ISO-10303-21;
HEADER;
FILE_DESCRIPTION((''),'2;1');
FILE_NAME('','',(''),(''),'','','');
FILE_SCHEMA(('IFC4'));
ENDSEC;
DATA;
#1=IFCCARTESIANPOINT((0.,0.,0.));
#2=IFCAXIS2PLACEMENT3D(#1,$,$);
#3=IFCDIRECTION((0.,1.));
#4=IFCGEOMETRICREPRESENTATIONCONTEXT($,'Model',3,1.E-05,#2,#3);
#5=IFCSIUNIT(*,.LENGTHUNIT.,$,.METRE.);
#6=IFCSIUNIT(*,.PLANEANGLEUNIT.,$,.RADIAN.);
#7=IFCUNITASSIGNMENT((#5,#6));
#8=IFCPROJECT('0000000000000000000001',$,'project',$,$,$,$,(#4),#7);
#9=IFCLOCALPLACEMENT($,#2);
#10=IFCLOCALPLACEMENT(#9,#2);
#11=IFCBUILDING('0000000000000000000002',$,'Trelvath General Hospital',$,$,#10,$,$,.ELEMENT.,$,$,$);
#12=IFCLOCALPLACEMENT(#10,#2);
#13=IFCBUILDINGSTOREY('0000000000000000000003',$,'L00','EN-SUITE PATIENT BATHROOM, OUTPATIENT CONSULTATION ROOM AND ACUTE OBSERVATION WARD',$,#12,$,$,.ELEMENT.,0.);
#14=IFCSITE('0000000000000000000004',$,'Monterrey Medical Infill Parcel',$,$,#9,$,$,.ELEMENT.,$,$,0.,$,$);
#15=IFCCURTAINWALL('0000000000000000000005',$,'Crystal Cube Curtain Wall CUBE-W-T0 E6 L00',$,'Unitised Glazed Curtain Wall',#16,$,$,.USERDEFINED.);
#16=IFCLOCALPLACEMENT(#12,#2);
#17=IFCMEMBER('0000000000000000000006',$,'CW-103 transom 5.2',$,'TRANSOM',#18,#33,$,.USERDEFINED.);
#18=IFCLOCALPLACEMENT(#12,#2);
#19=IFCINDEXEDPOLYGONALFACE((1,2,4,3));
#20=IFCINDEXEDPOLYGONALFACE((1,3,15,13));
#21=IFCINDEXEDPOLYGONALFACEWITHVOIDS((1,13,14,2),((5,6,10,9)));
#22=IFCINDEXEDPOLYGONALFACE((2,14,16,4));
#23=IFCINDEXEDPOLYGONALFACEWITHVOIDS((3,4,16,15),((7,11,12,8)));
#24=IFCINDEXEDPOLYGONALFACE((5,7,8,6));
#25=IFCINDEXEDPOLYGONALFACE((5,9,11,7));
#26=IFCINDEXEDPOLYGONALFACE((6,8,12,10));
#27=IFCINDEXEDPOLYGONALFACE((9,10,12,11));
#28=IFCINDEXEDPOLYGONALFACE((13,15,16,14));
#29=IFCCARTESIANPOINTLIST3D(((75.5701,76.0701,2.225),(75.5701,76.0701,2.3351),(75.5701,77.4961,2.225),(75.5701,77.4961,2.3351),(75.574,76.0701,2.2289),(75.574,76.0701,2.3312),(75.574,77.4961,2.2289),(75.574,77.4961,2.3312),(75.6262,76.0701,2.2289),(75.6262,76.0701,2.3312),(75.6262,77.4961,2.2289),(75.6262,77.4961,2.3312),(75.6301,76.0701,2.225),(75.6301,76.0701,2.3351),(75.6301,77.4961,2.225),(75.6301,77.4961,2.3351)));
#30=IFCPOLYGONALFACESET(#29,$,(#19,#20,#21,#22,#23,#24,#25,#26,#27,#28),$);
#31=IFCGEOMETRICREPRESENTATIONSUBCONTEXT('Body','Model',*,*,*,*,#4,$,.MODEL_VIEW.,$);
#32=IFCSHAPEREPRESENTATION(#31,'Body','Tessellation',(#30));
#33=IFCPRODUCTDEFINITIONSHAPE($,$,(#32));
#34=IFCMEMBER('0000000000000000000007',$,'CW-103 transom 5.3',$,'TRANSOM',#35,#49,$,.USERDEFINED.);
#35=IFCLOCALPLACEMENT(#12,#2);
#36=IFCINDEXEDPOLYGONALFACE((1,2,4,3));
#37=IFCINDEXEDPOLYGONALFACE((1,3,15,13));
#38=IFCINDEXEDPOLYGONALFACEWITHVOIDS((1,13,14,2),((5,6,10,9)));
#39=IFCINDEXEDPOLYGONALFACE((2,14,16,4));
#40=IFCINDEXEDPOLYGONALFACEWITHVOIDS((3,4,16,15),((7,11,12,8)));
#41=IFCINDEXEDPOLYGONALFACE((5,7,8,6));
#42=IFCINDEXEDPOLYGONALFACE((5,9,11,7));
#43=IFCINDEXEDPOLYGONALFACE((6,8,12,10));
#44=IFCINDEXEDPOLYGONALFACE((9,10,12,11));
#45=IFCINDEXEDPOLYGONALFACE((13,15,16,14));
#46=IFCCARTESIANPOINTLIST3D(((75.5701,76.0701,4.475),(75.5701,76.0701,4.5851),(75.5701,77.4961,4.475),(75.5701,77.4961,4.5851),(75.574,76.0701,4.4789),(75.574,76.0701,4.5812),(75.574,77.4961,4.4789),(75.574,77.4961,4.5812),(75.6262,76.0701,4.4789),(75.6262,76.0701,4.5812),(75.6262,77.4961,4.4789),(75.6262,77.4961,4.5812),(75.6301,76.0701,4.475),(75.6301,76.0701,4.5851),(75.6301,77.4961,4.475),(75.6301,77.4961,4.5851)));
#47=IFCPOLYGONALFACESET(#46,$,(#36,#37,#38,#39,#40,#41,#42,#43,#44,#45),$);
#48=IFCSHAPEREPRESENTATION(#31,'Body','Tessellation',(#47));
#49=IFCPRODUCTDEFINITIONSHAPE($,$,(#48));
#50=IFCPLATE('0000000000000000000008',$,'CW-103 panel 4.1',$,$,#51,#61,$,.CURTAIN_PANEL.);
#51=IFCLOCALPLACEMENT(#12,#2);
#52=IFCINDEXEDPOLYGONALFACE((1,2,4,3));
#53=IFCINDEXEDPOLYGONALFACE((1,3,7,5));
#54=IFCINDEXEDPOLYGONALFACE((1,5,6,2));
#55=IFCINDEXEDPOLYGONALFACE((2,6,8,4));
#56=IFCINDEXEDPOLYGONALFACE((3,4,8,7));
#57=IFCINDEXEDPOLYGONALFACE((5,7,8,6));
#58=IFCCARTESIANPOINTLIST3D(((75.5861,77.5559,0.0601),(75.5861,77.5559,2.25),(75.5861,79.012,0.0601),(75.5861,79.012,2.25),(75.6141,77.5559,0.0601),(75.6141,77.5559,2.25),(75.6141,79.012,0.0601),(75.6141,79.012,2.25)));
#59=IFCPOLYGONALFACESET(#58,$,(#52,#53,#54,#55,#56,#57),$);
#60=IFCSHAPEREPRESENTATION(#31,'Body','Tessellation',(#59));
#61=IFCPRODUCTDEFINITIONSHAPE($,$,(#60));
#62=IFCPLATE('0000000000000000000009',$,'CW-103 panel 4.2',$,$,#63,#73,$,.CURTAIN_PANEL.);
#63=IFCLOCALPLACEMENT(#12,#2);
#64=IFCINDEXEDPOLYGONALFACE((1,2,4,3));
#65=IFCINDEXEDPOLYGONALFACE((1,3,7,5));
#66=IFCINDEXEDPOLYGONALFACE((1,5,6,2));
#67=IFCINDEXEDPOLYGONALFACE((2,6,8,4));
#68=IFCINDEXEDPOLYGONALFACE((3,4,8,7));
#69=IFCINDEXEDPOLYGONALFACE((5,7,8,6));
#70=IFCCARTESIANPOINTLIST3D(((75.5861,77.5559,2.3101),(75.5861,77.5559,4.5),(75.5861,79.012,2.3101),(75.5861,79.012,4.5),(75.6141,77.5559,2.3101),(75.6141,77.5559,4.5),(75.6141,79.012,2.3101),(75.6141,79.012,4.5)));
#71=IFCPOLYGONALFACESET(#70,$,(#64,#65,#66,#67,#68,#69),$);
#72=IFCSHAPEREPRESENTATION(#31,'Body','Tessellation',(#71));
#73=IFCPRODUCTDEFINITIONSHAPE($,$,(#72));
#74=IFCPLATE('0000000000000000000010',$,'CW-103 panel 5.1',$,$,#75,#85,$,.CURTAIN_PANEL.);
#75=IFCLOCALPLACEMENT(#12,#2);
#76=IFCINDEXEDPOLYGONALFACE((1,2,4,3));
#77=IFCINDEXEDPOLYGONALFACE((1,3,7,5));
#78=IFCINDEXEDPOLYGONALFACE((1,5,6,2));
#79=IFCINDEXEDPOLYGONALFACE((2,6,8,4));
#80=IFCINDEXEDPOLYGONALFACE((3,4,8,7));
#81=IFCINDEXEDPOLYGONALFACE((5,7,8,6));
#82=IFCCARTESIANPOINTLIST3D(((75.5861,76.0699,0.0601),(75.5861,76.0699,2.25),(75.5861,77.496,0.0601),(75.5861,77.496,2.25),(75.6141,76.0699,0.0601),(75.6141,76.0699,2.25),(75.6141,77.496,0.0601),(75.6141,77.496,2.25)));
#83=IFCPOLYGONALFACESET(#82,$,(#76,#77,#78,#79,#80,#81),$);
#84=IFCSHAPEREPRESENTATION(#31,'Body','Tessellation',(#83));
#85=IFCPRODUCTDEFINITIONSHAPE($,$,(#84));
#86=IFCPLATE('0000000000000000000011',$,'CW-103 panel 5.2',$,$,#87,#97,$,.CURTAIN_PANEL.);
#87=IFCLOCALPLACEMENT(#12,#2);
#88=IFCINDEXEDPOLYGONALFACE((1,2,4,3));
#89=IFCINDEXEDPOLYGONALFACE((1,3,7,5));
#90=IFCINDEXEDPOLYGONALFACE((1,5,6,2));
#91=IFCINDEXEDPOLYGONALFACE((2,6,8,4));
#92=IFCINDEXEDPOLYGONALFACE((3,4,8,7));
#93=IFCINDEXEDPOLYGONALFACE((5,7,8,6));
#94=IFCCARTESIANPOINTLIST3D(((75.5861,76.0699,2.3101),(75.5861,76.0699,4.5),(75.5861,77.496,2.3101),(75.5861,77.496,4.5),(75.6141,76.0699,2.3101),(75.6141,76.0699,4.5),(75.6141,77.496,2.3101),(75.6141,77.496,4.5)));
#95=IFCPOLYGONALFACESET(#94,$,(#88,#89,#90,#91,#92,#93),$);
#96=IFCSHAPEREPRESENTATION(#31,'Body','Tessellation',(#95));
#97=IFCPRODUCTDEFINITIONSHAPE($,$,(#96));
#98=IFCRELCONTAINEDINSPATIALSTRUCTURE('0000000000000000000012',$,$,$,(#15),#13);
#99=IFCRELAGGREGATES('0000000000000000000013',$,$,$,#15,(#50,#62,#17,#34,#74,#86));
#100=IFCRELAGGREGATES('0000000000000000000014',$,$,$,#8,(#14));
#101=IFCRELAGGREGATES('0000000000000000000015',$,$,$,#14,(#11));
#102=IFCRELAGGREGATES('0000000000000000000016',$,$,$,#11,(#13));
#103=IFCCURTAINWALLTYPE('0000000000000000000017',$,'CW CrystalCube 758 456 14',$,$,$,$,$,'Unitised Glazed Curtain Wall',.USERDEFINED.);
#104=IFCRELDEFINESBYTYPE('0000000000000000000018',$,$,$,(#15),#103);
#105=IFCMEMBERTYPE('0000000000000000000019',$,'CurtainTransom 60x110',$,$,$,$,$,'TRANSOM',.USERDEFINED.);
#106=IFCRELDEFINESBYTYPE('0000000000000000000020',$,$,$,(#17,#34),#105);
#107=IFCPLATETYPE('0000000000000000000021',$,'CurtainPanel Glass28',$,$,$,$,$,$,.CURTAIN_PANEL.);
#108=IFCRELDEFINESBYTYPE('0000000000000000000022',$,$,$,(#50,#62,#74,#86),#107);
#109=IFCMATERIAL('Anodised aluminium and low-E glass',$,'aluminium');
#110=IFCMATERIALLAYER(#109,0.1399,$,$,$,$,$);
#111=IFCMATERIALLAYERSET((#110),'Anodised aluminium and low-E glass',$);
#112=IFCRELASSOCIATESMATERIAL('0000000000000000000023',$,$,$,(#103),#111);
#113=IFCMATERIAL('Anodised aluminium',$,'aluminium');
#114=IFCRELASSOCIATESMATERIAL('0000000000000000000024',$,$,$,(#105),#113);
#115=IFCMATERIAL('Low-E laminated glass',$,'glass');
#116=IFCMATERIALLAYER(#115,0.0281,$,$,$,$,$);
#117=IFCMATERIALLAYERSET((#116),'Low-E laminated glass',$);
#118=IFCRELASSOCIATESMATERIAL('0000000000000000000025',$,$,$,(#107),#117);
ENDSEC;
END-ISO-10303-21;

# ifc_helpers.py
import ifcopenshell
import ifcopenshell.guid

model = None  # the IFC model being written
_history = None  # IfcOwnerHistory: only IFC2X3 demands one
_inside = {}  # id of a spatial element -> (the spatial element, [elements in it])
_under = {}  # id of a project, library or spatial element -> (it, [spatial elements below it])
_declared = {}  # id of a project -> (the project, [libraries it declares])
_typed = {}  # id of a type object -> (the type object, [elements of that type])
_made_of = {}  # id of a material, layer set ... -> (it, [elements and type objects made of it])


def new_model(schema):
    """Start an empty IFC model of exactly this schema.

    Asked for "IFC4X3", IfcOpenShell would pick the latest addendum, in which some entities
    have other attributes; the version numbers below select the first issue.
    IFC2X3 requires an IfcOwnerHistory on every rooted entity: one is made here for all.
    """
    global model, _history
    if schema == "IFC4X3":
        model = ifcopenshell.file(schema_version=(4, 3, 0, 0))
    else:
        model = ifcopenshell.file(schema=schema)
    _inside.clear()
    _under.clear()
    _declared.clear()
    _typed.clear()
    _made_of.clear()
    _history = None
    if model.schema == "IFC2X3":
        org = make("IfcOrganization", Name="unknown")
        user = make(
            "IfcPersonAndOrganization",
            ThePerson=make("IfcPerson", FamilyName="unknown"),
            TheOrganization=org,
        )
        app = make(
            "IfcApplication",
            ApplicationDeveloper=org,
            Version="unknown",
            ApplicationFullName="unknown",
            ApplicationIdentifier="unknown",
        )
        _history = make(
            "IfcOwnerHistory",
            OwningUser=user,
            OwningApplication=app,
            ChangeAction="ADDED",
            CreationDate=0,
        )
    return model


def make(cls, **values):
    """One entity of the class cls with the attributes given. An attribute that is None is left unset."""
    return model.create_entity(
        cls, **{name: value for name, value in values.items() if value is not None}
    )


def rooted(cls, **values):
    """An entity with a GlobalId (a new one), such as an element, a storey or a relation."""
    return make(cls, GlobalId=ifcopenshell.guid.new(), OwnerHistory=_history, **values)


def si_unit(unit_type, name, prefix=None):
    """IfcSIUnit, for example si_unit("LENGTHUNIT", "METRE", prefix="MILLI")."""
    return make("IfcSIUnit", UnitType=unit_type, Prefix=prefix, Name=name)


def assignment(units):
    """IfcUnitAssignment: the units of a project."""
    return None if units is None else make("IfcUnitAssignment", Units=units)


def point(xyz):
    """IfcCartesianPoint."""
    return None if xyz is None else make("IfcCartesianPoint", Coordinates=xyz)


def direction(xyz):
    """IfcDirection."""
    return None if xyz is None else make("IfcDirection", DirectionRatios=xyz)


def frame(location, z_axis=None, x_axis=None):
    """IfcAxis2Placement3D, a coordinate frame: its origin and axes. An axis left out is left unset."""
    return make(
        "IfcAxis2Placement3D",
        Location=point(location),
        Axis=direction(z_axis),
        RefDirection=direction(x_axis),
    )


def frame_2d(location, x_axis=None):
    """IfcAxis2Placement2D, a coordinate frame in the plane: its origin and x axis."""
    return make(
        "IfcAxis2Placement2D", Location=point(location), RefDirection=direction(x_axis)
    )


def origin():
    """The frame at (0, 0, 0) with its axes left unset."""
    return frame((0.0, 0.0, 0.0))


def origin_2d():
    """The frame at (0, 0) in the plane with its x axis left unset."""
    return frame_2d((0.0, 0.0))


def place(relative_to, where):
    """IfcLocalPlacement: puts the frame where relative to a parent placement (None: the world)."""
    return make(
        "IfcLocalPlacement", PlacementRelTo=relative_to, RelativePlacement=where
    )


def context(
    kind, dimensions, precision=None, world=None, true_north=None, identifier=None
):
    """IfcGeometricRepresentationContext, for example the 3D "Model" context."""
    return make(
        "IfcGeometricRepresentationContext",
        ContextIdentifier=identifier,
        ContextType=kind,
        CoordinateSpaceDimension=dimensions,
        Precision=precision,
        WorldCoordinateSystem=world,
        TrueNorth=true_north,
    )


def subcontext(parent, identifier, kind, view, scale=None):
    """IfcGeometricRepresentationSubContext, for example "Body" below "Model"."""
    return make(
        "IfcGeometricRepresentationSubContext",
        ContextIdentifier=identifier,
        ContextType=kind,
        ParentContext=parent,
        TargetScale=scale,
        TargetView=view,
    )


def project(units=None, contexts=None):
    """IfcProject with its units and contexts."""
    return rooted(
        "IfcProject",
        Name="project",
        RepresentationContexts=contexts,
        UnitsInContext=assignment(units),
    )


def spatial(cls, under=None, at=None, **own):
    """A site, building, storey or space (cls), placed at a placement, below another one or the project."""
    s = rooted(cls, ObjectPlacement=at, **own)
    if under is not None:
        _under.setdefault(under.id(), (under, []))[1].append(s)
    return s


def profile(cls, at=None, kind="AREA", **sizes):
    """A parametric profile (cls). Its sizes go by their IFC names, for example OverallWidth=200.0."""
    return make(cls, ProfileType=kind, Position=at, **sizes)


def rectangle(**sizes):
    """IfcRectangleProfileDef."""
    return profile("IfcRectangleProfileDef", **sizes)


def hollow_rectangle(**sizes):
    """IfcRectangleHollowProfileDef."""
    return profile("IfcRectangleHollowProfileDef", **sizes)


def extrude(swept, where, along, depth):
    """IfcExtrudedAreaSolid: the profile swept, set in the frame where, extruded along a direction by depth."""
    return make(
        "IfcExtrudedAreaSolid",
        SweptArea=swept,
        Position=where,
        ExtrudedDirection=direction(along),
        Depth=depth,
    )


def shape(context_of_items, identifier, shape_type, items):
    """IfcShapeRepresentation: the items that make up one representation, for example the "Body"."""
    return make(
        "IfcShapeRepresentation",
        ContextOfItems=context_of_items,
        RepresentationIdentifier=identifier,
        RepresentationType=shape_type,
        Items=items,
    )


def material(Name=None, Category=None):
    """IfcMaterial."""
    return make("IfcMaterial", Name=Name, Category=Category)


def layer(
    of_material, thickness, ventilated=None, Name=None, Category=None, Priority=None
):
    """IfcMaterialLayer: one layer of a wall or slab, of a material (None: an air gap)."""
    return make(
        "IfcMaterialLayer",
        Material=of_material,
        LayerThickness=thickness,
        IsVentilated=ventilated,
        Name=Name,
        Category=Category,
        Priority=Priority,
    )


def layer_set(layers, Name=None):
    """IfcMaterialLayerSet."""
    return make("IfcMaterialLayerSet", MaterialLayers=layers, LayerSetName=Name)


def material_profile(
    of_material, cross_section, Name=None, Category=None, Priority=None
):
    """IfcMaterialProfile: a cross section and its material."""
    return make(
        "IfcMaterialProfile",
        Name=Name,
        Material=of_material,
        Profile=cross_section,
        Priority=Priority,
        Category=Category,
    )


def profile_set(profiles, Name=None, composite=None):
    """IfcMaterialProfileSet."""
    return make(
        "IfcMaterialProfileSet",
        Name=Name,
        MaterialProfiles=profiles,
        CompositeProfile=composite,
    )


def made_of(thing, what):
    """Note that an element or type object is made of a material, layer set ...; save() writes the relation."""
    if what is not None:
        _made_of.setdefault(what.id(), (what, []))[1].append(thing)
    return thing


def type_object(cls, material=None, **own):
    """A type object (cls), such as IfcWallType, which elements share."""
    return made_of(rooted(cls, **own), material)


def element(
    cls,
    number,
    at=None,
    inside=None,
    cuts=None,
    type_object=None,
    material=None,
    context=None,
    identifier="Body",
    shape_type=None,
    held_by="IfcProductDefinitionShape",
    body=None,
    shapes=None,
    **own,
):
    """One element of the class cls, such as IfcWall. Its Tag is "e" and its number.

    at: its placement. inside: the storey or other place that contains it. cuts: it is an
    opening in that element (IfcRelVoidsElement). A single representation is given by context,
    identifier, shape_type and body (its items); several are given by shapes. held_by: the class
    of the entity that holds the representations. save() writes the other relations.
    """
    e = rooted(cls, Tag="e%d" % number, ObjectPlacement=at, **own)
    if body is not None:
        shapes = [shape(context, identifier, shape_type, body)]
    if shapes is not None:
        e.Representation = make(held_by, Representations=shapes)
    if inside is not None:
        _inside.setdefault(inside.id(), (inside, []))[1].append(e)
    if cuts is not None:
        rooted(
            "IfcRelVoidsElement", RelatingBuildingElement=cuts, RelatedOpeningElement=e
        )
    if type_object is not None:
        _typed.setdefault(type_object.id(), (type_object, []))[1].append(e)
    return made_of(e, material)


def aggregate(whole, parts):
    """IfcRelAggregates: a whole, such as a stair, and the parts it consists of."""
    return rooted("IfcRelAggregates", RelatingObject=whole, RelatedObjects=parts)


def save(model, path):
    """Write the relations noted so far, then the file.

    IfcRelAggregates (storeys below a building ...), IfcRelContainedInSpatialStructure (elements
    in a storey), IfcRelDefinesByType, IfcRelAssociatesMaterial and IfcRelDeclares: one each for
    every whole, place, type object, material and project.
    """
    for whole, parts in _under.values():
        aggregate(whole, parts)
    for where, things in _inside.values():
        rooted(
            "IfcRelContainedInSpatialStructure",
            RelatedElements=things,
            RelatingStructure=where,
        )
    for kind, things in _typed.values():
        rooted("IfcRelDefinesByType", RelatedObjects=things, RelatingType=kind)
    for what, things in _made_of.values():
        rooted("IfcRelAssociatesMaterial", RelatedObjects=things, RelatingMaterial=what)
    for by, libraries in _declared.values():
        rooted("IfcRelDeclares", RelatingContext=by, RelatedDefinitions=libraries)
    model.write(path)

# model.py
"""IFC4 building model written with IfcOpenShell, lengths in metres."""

from ifc_helpers import new_model, si_unit, direction, frame, origin, origin_2d, place, context, subcontext, project, spatial, rectangle, hollow_rectangle, extrude, material, layer, layer_set, material_profile, profile_set, type_object, element, aggregate, save


model = new_model("IFC4")

# Units and contexts
model_context = context("Model", 3, precision=1e-05, world=origin(), true_north=direction((0.0, 1.0)))
body_context = subcontext(model_context, "Body", "Model", "MODEL_VIEW")
ifc_project = project(units=[si_unit("LENGTHUNIT", "METRE"), si_unit("PLANEANGLEUNIT", "RADIAN")], contexts=[model_context])

# Site, building, storey
site_placement = place(None, origin())
site = spatial("IfcSite", under=ifc_project, at=site_placement, Name="Monterrey Medical Infill Parcel", CompositionType="ELEMENT", RefElevation=0.0)
building_placement = place(site_placement, origin())
building = spatial("IfcBuilding", under=site, at=building_placement, Name="Trelvath General Hospital", CompositionType="ELEMENT")
storey_placement = place(building_placement, origin())
storey = spatial("IfcBuildingStorey", under=building, at=storey_placement, Name="L00", Description="EN-SUITE PATIENT BATHROOM, OUTPATIENT CONSULTATION ROOM AND ACUTE OBSERVATION WARD", CompositionType="ELEMENT", Elevation=0.0)

# Curtain wall, members, plates
ifc_material_1 = material(Name="Anodised aluminium and low-E glass", Category="aluminium")
ifc_layer_1 = layer(ifc_material_1, 0.1399)
ifc_layer_set_1 = layer_set([ifc_layer_1], Name="Anodised aluminium and low-E glass")
curtain_wall_type = type_object("IfcCurtainWallType", Name="CW CrystalCube 758 456 14", ElementType="Unitised Glazed Curtain Wall", PredefinedType="USERDEFINED", material=ifc_layer_set_1)
curtain_wall_placement = place(storey_placement, origin())
curtain_wall = element("IfcCurtainWall", 1, at=curtain_wall_placement, inside=storey, type_object=curtain_wall_type, Name="Crystal Cube Curtain Wall CUBE-W-T0 E6 L00", ObjectType="Unitised Glazed Curtain Wall", PredefinedType="USERDEFINED")
ifc_material_2 = material(Name="Anodised aluminium", Category="aluminium")
ifc_material_profile_1 = material_profile(ifc_material_2, hollow_rectangle(XDim=0.0601, YDim=0.1101, WallThickness=0.0039, at=origin_2d()), Name="RHS60x110x4")
ifc_profile_set_1 = profile_set([ifc_material_profile_1], Name="Anodised aluminium")
member_type_1 = type_object("IfcMemberType", Name="CurtainTransom 60x110", ElementType="TRANSOM", PredefinedType="USERDEFINED", material=ifc_profile_set_1)
member_1_placement = place(storey_placement, frame((75.6001, 77.4961, 2.28), z_axis=(0.0, -1.0, 0.0), x_axis=(1.0, 0.0, 0.0)))
member_1 = element("IfcMember", 2, at=member_1_placement, type_object=member_type_1, Name="CW-103 transom 5.2", ObjectType="TRANSOM", PredefinedType="USERDEFINED", context=body_context, shape_type="SweptSolid", body=[
    extrude(hollow_rectangle(XDim=0.0601, YDim=0.1101, WallThickness=0.0039, at=origin_2d()), origin(), (0.0, 0.0, 1.0), 1.426),
])
member_2_placement = place(storey_placement, frame((75.6001, 77.4961, 4.53), z_axis=(0.0, -1.0, 0.0), x_axis=(1.0, 0.0, 0.0)))
member_2 = element("IfcMember", 3, at=member_2_placement, type_object=member_type_1, Name="CW-103 transom 5.3", ObjectType="TRANSOM", PredefinedType="USERDEFINED", context=body_context, shape_type="SweptSolid", body=[
    extrude(hollow_rectangle(XDim=0.0601, YDim=0.1101, WallThickness=0.0039, at=origin_2d()), origin(), (0.0, 0.0, 1.0), 1.426),
])
ifc_material_3 = material(Name="Low-E laminated glass", Category="glass")
ifc_layer_2 = layer(ifc_material_3, 0.0281)
ifc_layer_set_2 = layer_set([ifc_layer_2], Name="Low-E laminated glass")
plate_type = type_object("IfcPlateType", Name="CurtainPanel Glass28", PredefinedType="CURTAIN_PANEL", material=ifc_layer_set_2)
plate_1_placement = place(storey_placement, frame((75.6001, 78.2839, 0.0601), z_axis=(0.0, 0.0, 1.0), x_axis=(0.0, -1.0, 0.0)))
plate_1 = element("IfcPlate", 4, at=plate_1_placement, type_object=plate_type, Name="CW-103 panel 4.1", PredefinedType="CURTAIN_PANEL", context=body_context, shape_type="SweptSolid", body=[
    extrude(rectangle(XDim=1.4561, YDim=0.0281, at=origin_2d()), origin(), (0.0, 0.0, 1.0), 2.1899),
])
plate_2_placement = place(storey_placement, frame((75.6001, 78.2839, 2.3101), z_axis=(0.0, 0.0, 1.0), x_axis=(0.0, -1.0, 0.0)))
plate_2 = element("IfcPlate", 5, at=plate_2_placement, type_object=plate_type, Name="CW-103 panel 4.2", PredefinedType="CURTAIN_PANEL", context=body_context, shape_type="SweptSolid", body=[
    extrude(rectangle(XDim=1.4561, YDim=0.0281, at=origin_2d()), origin(), (0.0, 0.0, 1.0), 2.1899),
])
plate_3_placement = place(storey_placement, frame((75.6001, 76.783, 0.0601), z_axis=(0.0, 0.0, 1.0), x_axis=(0.0, -1.0, 0.0)))
plate_3 = element("IfcPlate", 6, at=plate_3_placement, type_object=plate_type, Name="CW-103 panel 5.1", PredefinedType="CURTAIN_PANEL", context=body_context, shape_type="SweptSolid", body=[
    extrude(rectangle(XDim=1.426, YDim=0.0281, at=origin_2d()), origin(), (0.0, 0.0, 1.0), 2.1899),
])
plate_4_placement = place(storey_placement, frame((75.6001, 76.783, 2.3101), z_axis=(0.0, 0.0, 1.0), x_axis=(0.0, -1.0, 0.0)))
plate_4 = element("IfcPlate", 7, at=plate_4_placement, type_object=plate_type, Name="CW-103 panel 5.2", PredefinedType="CURTAIN_PANEL", context=body_context, shape_type="SweptSolid", body=[
    extrude(rectangle(XDim=1.426, YDim=0.0281, at=origin_2d()), origin(), (0.0, 0.0, 1.0), 2.1899),
])
aggregate(curtain_wall, [plate_1, plate_2, member_1, member_2, plate_3, plate_4])

save(model, "model.ifc")
